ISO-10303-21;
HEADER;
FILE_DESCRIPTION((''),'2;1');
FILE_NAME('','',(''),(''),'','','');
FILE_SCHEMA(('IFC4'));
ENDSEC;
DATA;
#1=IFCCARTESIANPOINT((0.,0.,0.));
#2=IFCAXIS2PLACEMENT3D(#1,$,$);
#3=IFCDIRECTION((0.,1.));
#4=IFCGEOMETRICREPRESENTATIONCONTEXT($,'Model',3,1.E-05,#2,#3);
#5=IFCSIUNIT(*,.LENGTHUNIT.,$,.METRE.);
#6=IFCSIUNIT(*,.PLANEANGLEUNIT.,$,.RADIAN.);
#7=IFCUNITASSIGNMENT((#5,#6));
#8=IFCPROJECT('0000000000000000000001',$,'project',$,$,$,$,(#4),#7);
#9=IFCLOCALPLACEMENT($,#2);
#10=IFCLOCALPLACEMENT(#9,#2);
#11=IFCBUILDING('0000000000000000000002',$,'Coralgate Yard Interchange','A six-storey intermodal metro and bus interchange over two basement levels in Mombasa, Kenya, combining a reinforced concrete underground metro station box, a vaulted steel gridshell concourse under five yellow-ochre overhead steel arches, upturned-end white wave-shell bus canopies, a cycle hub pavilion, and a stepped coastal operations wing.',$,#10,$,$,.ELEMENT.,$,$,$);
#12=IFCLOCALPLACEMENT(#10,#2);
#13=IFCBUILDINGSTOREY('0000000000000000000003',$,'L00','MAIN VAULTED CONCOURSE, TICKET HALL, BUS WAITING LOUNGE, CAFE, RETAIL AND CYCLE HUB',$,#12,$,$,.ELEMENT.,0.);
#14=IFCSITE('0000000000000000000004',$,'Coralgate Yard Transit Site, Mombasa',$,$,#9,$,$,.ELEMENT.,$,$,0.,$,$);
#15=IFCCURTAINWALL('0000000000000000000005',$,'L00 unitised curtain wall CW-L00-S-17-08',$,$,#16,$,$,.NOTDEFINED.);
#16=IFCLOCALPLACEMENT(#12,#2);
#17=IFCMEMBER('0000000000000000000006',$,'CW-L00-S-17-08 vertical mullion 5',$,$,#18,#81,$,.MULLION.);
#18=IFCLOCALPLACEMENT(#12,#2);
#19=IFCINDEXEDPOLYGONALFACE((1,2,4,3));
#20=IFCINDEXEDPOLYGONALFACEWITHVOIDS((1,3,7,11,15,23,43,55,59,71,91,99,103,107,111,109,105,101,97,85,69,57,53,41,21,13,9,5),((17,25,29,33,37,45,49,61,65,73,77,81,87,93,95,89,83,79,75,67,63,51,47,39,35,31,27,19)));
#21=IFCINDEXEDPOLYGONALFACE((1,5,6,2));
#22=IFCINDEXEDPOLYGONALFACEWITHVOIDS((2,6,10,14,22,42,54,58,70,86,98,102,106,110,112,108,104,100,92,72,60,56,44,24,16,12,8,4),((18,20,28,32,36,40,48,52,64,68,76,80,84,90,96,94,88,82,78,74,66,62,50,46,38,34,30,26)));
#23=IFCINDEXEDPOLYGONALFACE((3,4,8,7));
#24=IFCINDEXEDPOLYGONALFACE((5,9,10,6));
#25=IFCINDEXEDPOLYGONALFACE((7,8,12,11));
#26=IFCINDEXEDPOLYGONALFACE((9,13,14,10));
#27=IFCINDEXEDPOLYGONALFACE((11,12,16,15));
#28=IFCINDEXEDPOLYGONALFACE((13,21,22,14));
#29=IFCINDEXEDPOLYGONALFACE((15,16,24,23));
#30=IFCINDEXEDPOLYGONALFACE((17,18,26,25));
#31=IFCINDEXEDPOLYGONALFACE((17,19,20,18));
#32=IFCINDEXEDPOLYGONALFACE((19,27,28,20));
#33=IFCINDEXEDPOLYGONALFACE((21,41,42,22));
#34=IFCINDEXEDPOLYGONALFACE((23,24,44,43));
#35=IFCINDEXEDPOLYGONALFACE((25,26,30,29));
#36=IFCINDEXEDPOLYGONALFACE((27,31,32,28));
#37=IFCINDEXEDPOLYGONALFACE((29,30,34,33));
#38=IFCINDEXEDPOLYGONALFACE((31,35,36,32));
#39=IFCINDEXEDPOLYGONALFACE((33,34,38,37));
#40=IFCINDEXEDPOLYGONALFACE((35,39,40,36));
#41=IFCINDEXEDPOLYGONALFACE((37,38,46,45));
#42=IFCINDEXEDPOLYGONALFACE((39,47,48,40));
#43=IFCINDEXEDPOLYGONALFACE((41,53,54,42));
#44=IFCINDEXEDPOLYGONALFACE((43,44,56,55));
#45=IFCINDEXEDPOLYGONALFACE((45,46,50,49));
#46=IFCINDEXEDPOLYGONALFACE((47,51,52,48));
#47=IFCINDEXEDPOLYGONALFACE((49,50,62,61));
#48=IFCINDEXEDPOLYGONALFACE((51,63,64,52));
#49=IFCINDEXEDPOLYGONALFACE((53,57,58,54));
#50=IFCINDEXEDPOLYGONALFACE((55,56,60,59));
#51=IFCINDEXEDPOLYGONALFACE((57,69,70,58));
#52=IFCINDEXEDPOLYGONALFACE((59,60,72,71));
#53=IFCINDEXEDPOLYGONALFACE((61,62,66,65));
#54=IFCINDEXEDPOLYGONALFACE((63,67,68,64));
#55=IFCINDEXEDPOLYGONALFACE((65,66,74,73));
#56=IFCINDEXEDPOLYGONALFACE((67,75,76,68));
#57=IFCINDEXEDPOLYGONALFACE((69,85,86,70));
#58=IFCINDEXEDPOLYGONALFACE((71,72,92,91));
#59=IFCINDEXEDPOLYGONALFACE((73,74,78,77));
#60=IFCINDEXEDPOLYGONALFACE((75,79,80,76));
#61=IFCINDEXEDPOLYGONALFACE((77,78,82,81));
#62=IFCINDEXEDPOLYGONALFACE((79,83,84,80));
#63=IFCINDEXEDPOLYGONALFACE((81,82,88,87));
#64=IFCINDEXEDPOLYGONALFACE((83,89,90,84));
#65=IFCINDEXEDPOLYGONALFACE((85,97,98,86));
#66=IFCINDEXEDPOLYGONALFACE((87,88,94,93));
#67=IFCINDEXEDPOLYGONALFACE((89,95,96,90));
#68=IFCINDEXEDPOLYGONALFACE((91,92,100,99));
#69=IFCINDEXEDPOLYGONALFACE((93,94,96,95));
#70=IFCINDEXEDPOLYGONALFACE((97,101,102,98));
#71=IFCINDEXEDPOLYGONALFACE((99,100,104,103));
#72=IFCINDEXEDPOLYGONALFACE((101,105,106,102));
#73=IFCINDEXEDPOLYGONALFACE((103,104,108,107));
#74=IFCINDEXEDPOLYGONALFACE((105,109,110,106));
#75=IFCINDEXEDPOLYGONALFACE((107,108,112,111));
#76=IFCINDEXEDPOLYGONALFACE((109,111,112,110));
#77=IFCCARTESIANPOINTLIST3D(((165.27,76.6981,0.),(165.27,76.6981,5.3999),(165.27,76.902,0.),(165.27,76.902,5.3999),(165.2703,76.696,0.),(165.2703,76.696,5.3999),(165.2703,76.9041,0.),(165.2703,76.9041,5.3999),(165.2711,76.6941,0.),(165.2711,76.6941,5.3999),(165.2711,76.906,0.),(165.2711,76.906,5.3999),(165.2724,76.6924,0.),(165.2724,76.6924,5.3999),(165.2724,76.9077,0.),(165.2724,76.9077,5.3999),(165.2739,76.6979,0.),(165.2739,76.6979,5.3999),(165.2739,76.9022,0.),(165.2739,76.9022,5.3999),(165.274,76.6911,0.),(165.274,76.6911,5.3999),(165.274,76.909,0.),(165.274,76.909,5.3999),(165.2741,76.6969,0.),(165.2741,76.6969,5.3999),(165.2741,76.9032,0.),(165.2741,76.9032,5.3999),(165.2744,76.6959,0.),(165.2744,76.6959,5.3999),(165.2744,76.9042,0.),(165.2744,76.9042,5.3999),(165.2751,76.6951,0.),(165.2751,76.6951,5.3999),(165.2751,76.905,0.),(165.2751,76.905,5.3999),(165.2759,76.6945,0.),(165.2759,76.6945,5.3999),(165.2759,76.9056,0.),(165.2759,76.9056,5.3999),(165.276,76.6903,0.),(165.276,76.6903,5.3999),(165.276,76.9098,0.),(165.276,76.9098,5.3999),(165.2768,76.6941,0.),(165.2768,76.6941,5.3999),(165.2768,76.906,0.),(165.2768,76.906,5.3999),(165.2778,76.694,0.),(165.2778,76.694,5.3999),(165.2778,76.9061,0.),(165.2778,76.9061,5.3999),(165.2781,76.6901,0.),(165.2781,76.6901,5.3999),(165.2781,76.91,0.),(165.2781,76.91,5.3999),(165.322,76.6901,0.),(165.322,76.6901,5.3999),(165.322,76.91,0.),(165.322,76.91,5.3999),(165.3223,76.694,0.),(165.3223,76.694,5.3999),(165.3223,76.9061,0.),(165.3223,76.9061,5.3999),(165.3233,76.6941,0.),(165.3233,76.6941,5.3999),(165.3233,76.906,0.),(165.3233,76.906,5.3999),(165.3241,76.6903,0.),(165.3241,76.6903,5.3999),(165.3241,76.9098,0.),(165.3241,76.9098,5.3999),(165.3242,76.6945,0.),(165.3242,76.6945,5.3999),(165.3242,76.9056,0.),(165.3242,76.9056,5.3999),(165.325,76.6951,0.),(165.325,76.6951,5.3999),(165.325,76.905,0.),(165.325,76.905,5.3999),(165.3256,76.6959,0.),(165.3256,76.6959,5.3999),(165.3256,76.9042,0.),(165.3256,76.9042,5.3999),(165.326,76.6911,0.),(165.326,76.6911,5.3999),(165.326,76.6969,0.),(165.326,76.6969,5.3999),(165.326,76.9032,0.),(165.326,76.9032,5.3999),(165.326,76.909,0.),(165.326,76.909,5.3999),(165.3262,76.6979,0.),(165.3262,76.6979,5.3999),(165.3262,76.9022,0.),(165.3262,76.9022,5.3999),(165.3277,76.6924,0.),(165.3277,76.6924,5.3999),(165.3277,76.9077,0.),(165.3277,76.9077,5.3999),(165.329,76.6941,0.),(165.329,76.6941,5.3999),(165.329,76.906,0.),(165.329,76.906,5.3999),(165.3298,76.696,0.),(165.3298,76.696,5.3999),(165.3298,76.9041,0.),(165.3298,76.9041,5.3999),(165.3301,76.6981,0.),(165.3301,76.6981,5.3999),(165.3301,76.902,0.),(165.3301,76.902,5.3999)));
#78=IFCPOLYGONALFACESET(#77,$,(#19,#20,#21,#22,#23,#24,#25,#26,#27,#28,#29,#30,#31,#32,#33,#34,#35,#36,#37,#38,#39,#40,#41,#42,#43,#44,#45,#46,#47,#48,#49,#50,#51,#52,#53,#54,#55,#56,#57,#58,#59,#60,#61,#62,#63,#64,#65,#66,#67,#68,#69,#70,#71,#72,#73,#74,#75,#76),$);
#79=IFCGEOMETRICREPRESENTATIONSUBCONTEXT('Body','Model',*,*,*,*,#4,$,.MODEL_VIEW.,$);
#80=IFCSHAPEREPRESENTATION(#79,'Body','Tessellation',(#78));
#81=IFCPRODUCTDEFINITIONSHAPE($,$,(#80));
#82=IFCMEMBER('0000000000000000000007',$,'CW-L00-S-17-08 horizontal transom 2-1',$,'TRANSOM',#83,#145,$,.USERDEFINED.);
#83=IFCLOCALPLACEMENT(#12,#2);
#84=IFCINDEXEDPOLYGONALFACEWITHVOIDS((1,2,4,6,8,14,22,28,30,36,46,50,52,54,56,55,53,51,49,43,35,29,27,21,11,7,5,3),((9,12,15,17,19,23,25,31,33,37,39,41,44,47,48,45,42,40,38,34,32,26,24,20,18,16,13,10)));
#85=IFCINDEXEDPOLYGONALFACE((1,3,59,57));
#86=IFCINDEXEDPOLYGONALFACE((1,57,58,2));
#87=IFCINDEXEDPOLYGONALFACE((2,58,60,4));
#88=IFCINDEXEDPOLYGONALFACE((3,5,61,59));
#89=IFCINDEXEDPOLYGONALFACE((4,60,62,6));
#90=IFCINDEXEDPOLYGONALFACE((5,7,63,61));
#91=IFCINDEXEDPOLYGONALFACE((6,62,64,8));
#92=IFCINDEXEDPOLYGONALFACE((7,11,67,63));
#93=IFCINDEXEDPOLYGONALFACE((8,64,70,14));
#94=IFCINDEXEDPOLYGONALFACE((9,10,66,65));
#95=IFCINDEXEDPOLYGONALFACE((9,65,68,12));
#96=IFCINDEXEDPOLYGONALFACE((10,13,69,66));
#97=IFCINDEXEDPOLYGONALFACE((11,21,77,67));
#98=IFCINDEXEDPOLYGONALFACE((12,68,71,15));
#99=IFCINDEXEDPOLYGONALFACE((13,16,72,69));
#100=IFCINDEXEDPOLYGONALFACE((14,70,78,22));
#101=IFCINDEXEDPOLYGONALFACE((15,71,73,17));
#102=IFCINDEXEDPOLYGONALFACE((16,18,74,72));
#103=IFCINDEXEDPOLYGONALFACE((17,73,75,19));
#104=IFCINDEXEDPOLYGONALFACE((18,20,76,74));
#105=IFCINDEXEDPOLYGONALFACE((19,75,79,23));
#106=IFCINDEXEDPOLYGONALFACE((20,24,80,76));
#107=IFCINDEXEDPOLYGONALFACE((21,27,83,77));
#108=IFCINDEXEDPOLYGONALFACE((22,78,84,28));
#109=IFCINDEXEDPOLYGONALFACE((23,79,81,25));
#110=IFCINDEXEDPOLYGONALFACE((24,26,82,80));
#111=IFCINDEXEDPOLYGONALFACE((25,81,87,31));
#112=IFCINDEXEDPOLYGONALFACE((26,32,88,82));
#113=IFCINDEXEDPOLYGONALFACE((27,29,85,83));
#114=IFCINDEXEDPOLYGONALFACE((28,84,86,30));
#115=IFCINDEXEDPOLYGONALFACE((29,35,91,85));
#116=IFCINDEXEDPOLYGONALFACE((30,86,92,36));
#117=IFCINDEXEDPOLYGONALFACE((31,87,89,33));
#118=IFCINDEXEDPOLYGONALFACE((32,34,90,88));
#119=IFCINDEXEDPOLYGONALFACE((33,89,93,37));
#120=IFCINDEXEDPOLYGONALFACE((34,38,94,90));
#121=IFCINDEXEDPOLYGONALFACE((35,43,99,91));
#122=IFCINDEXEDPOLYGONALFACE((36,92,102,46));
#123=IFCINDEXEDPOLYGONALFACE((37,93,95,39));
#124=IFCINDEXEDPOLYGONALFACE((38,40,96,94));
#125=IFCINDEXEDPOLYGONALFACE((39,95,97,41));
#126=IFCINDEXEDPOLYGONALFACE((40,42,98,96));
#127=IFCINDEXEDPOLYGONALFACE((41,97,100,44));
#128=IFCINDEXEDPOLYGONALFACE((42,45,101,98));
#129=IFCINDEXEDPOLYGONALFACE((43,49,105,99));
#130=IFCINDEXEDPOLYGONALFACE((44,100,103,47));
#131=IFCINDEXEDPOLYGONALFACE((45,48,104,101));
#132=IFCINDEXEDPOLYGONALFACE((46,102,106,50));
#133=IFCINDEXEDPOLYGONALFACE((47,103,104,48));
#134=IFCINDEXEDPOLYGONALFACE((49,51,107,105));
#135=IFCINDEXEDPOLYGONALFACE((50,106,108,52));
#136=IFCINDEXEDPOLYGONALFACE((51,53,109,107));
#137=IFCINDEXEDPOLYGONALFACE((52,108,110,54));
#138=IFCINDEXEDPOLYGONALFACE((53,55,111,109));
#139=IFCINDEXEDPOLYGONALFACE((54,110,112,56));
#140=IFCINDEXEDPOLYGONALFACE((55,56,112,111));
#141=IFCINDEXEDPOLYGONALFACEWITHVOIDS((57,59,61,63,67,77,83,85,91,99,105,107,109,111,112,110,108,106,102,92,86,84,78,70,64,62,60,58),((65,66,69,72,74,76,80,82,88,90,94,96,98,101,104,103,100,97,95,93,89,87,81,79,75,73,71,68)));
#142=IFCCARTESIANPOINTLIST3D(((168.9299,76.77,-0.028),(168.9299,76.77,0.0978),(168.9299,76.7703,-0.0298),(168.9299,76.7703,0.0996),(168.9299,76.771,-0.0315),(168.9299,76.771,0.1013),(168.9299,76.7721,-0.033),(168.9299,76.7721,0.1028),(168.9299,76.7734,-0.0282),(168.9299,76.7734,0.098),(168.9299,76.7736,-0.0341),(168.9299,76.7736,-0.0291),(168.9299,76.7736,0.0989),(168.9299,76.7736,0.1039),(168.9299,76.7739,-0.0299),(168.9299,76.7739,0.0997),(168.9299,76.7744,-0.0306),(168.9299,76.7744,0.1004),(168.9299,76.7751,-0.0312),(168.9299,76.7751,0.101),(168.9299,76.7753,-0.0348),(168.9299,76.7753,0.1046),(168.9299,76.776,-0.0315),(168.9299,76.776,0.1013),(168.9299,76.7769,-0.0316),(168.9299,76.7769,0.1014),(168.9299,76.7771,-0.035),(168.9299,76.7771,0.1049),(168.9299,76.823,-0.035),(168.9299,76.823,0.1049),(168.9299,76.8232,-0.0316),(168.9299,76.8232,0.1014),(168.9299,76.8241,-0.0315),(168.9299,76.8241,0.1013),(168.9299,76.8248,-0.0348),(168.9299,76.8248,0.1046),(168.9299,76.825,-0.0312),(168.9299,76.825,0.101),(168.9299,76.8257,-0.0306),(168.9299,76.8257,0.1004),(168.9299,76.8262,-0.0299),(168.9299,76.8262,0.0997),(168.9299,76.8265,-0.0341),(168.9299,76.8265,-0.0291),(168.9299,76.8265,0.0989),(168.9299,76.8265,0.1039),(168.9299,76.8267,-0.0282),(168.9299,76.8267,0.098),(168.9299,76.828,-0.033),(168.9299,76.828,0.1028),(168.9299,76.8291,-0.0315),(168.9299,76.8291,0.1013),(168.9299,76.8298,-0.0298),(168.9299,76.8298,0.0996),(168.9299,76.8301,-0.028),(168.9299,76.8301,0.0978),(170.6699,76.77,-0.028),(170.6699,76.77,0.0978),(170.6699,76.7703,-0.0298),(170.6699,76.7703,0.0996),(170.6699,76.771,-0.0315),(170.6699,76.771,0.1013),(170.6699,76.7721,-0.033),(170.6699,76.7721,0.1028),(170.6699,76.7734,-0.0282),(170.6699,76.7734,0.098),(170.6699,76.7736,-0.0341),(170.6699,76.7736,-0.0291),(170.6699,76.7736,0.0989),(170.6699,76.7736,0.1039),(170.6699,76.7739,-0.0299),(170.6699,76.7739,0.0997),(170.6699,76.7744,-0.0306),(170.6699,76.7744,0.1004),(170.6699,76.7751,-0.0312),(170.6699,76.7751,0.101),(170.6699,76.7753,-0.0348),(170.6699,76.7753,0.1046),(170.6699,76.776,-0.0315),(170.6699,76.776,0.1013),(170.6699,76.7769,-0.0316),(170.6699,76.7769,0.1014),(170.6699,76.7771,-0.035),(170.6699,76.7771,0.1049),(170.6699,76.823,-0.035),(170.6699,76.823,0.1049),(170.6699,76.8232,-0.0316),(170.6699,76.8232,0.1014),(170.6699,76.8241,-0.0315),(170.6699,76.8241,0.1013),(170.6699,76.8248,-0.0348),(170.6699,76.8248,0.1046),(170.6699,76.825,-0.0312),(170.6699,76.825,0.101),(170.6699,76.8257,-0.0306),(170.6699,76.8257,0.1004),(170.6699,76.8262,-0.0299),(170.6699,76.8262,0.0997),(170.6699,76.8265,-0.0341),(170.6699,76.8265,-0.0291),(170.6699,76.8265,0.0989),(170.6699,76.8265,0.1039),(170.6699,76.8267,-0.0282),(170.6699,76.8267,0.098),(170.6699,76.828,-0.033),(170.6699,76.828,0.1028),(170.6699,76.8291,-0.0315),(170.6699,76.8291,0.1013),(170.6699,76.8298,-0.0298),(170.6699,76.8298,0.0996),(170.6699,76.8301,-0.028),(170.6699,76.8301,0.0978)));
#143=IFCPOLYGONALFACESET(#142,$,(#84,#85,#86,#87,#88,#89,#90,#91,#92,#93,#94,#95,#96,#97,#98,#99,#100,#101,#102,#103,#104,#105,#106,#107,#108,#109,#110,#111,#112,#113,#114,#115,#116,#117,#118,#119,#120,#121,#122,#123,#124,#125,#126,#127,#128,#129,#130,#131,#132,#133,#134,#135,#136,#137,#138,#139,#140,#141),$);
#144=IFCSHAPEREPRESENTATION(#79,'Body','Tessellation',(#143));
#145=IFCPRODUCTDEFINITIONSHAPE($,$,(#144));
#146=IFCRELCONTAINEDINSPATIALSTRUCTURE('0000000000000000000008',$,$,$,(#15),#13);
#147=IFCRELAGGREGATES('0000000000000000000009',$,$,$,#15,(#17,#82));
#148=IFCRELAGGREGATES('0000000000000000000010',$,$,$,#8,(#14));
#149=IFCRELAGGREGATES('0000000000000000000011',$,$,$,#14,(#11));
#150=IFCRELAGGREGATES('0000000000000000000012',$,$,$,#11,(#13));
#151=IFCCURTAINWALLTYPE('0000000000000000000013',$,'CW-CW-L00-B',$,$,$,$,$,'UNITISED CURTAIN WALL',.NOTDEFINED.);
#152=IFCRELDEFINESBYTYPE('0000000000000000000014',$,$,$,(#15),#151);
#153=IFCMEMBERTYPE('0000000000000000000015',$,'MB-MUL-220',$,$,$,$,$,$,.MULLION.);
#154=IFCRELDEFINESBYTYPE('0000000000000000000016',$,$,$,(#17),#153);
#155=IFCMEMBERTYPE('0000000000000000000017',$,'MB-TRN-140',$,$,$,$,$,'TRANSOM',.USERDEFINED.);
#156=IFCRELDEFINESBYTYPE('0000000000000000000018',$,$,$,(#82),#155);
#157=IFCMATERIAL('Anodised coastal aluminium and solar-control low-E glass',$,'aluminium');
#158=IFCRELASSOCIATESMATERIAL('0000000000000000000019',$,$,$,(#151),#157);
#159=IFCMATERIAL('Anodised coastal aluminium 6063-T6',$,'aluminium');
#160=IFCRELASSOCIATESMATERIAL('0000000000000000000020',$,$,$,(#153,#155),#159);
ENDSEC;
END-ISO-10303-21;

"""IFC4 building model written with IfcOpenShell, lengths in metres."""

from ifc_helpers import new_model, si_unit, direction, frame, origin, origin_2d, place, context, subcontext, project, spatial, hollow_rectangle, extrude, material, material_profile, profile_set, type_object, element, aggregate, save


model = new_model("IFC4")

# Units and contexts
model_context = context("Model", 3, precision=1e-05, world=origin(), true_north=direction((0.0, 1.0)))
body_context = subcontext(model_context, "Body", "Model", "MODEL_VIEW")
ifc_project = project(units=[si_unit("LENGTHUNIT", "METRE"), si_unit("PLANEANGLEUNIT", "RADIAN")], contexts=[model_context])

# Site, building, storey
site_placement = place(None, origin())
site = spatial("IfcSite", under=ifc_project, at=site_placement, Name="Coralgate Yard Transit Site, Mombasa", CompositionType="ELEMENT", RefElevation=0.0)
building_placement = place(site_placement, origin())
building = spatial("IfcBuilding", under=site, at=building_placement, Name="Coralgate Yard Interchange", Description="A six-storey intermodal metro and bus interchange over two basement levels in Mombasa, Kenya, combining a reinforced concrete underground metro station box, a vaulted steel gridshell concourse under five yellow-ochre overhead steel arches, upturned-end white wave-shell bus canopies, a cycle hub pavilion, and a stepped coastal operations wing.", CompositionType="ELEMENT")
storey_placement = place(building_placement, origin())
storey = spatial("IfcBuildingStorey", under=building, at=storey_placement, Name="L00", Description="MAIN VAULTED CONCOURSE, TICKET HALL, BUS WAITING LOUNGE, CAFE, RETAIL AND CYCLE HUB", CompositionType="ELEMENT", Elevation=0.0)

# Curtain wall, members
ifc_material_1 = material(Name="Anodised coastal aluminium and solar-control low-E glass", Category="aluminium")
curtain_wall_type = type_object("IfcCurtainWallType", Name="CW-CW-L00-B", ElementType="UNITISED CURTAIN WALL", PredefinedType="NOTDEFINED", material=ifc_material_1)
curtain_wall_placement = place(storey_placement, origin())
curtain_wall = element("IfcCurtainWall", 1, at=curtain_wall_placement, inside=storey, type_object=curtain_wall_type, Name="L00 unitised curtain wall CW-L00-S-17-08", PredefinedType="NOTDEFINED")
ifc_material_2 = material(Name="Anodised coastal aluminium 6063-T6", Category="aluminium")
ifc_material_profile_1 = material_profile(ifc_material_2, hollow_rectangle(XDim=0.0601, YDim=0.22, WallThickness=0.0039, InnerFilletRadius=0.0039, OuterFilletRadius=0.0081, at=origin_2d()), Name="ALU 60x220x4")
ifc_profile_set_1 = profile_set([ifc_material_profile_1], Name="Anodised coastal aluminium 6063-T6")
member_type_1 = type_object("IfcMemberType", Name="MB-MUL-220", PredefinedType="MULLION", material=ifc_profile_set_1)
member_1_placement = place(storey_placement, frame((165.3, 76.8, 0.0), z_axis=(0.0, 0.0, 1.0), x_axis=(1.0, 0.0, 0.0)))
member_1 = element("IfcMember", 2, at=member_1_placement, type_object=member_type_1, Name="CW-L00-S-17-08 vertical mullion 5", PredefinedType="MULLION", context=body_context, shape_type="SweptSolid", body=[
    extrude(hollow_rectangle(XDim=0.0601, YDim=0.22, WallThickness=0.0039, InnerFilletRadius=0.0039, OuterFilletRadius=0.0081, at=origin_2d()), origin(), (0.0, 0.0, 1.0), 5.3999),
])
ifc_material_profile_2 = material_profile(ifc_material_2, hollow_rectangle(XDim=0.0601, YDim=0.1399, WallThickness=0.0034, InnerFilletRadius=0.0034, OuterFilletRadius=0.0071, at=origin_2d()), Name="ALU 60x140x3.5")
ifc_profile_set_2 = profile_set([ifc_material_profile_2], Name="Anodised coastal aluminium 6063-T6")
member_type_2 = type_object("IfcMemberType", Name="MB-TRN-140", ElementType="TRANSOM", PredefinedType="USERDEFINED", material=ifc_profile_set_2)
member_2_placement = place(storey_placement, frame((170.6699, 76.8, 0.0349), z_axis=(-1.0, 0.0, 0.0), x_axis=(0.0, -1.0, 0.0)))
member_2 = element("IfcMember", 3, at=member_2_placement, type_object=member_type_2, Name="CW-L00-S-17-08 horizontal transom 2-1", ObjectType="TRANSOM", PredefinedType="USERDEFINED", context=body_context, shape_type="SweptSolid", body=[
    extrude(hollow_rectangle(XDim=0.0601, YDim=0.1399, WallThickness=0.0034, InnerFilletRadius=0.0034, OuterFilletRadius=0.0071, at=origin_2d()), origin(), (0.0, 0.0, 1.0), 1.74),
])
aggregate(curtain_wall, [member_1, member_2])

save(model, "model.ifc")
